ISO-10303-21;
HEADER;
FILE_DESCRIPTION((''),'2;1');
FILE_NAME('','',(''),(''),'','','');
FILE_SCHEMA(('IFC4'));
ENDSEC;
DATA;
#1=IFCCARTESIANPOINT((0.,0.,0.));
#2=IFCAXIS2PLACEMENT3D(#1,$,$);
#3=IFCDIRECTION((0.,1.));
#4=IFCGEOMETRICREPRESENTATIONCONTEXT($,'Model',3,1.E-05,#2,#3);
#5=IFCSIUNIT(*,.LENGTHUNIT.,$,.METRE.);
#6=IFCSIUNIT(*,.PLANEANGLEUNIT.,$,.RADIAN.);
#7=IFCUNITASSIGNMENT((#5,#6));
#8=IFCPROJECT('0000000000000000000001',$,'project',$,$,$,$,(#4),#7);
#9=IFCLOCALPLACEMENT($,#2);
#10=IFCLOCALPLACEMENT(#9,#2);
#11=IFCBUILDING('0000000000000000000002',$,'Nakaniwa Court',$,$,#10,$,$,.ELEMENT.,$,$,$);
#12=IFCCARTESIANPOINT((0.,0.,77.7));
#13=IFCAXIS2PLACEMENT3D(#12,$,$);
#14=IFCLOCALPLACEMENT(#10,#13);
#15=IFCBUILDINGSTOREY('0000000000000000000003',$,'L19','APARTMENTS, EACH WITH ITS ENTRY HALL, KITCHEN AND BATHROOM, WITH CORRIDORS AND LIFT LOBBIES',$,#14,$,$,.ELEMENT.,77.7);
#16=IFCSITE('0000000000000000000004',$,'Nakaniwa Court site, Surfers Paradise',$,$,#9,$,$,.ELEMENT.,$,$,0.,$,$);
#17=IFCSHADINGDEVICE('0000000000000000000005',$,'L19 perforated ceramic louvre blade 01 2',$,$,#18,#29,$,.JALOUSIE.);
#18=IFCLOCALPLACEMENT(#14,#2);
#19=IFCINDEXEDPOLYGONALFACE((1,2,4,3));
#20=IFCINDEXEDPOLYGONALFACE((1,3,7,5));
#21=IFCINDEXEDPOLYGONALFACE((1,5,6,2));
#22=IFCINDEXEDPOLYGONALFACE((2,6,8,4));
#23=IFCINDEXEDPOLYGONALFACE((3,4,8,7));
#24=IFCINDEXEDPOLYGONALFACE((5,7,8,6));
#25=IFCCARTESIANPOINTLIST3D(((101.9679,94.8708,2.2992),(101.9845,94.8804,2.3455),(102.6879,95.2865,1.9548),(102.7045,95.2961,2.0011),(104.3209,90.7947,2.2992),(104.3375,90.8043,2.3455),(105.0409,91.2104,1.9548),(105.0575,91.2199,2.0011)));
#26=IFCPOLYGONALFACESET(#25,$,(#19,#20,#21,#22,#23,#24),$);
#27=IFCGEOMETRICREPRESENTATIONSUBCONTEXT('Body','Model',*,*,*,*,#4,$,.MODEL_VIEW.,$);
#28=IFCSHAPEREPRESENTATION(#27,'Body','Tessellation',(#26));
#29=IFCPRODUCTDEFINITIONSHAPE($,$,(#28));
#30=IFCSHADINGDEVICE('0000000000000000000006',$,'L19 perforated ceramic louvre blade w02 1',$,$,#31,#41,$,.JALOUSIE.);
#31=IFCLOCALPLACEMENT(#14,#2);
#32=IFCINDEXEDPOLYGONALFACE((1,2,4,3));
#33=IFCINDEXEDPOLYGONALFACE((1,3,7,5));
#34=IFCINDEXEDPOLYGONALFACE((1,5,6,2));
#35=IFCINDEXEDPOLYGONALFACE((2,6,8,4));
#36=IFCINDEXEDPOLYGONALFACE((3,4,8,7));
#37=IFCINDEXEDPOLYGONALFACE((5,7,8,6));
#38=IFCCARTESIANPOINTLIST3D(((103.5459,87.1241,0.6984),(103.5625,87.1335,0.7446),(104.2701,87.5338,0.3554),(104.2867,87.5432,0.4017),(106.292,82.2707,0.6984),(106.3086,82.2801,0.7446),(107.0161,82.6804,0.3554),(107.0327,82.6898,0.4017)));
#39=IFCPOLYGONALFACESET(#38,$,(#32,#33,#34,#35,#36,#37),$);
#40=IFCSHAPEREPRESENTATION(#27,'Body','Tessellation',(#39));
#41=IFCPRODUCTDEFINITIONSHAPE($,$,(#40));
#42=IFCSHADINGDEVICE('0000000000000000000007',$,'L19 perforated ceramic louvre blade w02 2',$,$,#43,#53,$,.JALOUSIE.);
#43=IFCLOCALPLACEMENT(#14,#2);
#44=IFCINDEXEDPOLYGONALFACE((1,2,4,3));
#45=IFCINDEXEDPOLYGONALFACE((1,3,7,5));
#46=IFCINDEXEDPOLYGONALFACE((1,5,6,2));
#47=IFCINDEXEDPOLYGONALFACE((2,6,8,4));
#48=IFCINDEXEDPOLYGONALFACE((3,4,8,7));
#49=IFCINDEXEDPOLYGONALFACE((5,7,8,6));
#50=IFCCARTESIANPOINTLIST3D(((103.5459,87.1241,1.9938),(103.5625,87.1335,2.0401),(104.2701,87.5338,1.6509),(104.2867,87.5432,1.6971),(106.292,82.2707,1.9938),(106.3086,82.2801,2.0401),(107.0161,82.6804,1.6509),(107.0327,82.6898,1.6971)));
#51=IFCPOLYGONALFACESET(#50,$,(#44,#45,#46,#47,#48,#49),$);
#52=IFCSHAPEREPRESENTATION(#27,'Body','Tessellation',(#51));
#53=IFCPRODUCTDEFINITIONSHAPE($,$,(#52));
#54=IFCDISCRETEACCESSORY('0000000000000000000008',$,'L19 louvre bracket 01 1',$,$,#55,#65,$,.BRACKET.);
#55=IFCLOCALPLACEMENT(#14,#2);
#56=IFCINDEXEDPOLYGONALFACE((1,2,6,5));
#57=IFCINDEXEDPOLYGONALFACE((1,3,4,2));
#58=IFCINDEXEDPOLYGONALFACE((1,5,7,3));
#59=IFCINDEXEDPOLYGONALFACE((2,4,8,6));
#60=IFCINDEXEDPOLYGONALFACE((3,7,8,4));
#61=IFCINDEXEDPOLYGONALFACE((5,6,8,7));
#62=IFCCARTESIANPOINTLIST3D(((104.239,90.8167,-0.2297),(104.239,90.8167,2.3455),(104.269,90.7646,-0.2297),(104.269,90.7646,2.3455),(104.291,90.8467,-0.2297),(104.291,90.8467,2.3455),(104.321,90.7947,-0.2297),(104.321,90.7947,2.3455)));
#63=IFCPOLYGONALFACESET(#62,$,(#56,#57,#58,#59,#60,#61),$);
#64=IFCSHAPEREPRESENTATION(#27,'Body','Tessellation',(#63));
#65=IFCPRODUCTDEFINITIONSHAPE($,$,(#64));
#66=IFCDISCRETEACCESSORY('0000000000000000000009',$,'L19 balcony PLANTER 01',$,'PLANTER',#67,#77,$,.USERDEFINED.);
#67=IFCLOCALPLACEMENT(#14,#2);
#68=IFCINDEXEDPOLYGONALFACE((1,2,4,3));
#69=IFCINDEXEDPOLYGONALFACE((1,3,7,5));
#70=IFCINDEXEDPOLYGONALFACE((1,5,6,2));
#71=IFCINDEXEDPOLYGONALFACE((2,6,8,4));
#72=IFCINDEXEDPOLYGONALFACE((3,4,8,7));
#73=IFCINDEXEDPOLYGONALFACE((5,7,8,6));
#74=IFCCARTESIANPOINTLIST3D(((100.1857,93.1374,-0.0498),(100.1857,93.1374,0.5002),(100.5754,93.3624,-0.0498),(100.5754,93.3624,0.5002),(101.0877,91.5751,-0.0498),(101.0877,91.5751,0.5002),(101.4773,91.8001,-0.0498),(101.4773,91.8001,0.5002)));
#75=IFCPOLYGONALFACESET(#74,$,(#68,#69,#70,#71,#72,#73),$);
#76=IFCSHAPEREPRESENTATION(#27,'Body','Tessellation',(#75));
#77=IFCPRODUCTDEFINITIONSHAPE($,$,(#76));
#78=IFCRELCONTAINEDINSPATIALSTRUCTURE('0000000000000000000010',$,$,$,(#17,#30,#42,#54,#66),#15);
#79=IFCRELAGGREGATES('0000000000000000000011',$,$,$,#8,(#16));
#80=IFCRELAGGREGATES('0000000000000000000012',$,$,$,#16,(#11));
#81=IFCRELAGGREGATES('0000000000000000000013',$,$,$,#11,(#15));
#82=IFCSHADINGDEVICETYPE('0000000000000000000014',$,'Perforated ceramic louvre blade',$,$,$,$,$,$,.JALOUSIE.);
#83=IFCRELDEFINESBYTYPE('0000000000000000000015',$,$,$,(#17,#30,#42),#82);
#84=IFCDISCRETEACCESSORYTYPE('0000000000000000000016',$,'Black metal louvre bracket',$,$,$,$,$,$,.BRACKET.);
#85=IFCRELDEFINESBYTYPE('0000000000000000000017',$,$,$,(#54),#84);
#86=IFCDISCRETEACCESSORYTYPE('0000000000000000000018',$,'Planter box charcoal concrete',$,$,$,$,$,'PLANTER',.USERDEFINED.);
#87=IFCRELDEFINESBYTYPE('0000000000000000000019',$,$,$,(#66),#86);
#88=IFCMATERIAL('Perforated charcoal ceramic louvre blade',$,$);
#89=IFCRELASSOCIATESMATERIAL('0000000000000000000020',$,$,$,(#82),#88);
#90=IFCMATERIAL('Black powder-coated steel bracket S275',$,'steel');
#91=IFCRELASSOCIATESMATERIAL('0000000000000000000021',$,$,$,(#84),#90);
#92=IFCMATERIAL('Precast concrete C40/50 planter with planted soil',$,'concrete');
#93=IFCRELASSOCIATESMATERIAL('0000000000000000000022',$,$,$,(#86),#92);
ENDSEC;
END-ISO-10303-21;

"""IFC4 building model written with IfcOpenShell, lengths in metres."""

from ifc_helpers import new_model, si_unit, direction, frame, origin, origin_2d, place, context, subcontext, project, spatial, rectangle, extrude, material, material_profile, profile_set, type_object, element, save


model = new_model("IFC4")

# Units and contexts
model_context = context("Model", 3, precision=1e-05, world=origin(), true_north=direction((0.0, 1.0)))
body_context = subcontext(model_context, "Body", "Model", "MODEL_VIEW")
ifc_project = project(units=[si_unit("LENGTHUNIT", "METRE"), si_unit("PLANEANGLEUNIT", "RADIAN")], contexts=[model_context])

# Site, building, storey
site_placement = place(None, origin())
site = spatial("IfcSite", under=ifc_project, at=site_placement, Name="Nakaniwa Court site, Surfers Paradise", CompositionType="ELEMENT", RefElevation=0.0)
building_placement = place(site_placement, origin())
building = spatial("IfcBuilding", under=site, at=building_placement, Name="Nakaniwa Court", CompositionType="ELEMENT")
storey_placement = place(building_placement, frame((0.0, 0.0, 77.7)))
storey = spatial("IfcBuildingStorey", under=building, at=storey_placement, Name="L19", Description="APARTMENTS, EACH WITH ITS ENTRY HALL, KITCHEN AND BATHROOM, WITH CORRIDORS AND LIFT LOBBIES", CompositionType="ELEMENT", Elevation=77.7)

# Shading devices
ifc_material_1 = material(Name="Perforated charcoal ceramic louvre blade")
ifc_material_profile_1 = material_profile(ifc_material_1, rectangle(XDim=0.8999, YDim=0.05, at=origin_2d()), Name="Perforated ceramic louvre blade")
ifc_profile_set_1 = profile_set([ifc_material_profile_1], Name="Perforated charcoal ceramic louvre blade")
shading_device_type_1 = type_object("IfcShadingDeviceType", Name="Perforated ceramic louvre blade", PredefinedType="JALOUSIE", material=ifc_profile_set_1)
for number, where, z_axis, x_axis, name in (
    (1, (104.6892, 91.0073, 2.1501), (-0.499944, 0.866058, 0.0), (-0.800133, -0.461888, 0.382683), "L19 perforated ceramic louvre blade 01 2"),
):
    element("IfcShadingDevice", number, at=place(storey_placement, frame(where, z_axis=z_axis, x_axis=x_axis)), inside=storey, type_object=shading_device_type_1, Name=name, PredefinedType="JALOUSIE", context=body_context, shape_type="SweptSolid", body=[
        extrude(rectangle(XDim=0.8999, YDim=0.05, at=origin_2d()), origin(), (0.0, 0.0, 1.0), 4.7065),
    ])
for number, where, z_axis, x_axis, name in (
    (2, (106.6624, 82.4802, 0.55), (-0.492438, 0.870347, 0.0), (-0.804676, -0.455282, 0.38107), "L19 perforated ceramic louvre blade w02 1"),
    (3, (106.6624, 82.4802, 1.8455), (-0.492438, 0.870347, 0.0), (-0.804676, -0.455282, 0.38107), "L19 perforated ceramic louvre blade w02 2"),
):
    element("IfcShadingDevice", number, at=place(storey_placement, frame(where, z_axis=z_axis, x_axis=x_axis)), inside=storey, type_object=shading_device_type_1, Name=name, PredefinedType="JALOUSIE", context=body_context, shape_type="SweptSolid", body=[
        extrude(rectangle(XDim=0.8999, YDim=0.05, at=origin_2d()), origin(), (0.0, 0.0, 1.0), 5.5764),
    ])

# Discrete accessories
ifc_material_2 = material(Name="Black powder-coated steel bracket S275", Category="steel")
discrete_accessory_type_1 = type_object("IfcDiscreteAccessoryType", Name="Black metal louvre bracket", PredefinedType="BRACKET", material=ifc_material_2)
discrete_accessory_1_placement = place(storey_placement, frame((104.28, 90.8057, -0.2297), z_axis=(0.0, 0.0, 1.0), x_axis=(-0.499974, 0.86604, 0.0)))
element("IfcDiscreteAccessory", 4, at=discrete_accessory_1_placement, inside=storey, type_object=discrete_accessory_type_1, Name="L19 louvre bracket 01 1", PredefinedType="BRACKET", context=body_context, shape_type="SweptSolid", body=[
    extrude(rectangle(XDim=0.0601, YDim=0.0601, at=origin_2d()), origin(), (0.0, 0.0, 1.0), 2.5752),
])
ifc_material_3 = material(Name="Precast concrete C40/50 planter with planted soil", Category="concrete")
discrete_accessory_type_2 = type_object("IfcDiscreteAccessoryType", Name="Planter box charcoal concrete", ElementType="PLANTER", PredefinedType="USERDEFINED", material=ifc_material_3)
discrete_accessory_2_placement = place(storey_placement, frame((100.8315, 92.4688, -0.0498), z_axis=(0.0, 0.0, 1.0), x_axis=(-0.499974, 0.86604, 0.0)))
element("IfcDiscreteAccessory", 5, at=discrete_accessory_2_placement, inside=storey, type_object=discrete_accessory_type_2, Name="L19 balcony PLANTER 01", ObjectType="PLANTER", PredefinedType="USERDEFINED", context=body_context, shape_type="SweptSolid", body=[
    extrude(rectangle(XDim=1.804, YDim=0.45, at=origin_2d()), origin(), (0.0, 0.0, 1.0), 0.55),
])

save(model, "model.ifc")
